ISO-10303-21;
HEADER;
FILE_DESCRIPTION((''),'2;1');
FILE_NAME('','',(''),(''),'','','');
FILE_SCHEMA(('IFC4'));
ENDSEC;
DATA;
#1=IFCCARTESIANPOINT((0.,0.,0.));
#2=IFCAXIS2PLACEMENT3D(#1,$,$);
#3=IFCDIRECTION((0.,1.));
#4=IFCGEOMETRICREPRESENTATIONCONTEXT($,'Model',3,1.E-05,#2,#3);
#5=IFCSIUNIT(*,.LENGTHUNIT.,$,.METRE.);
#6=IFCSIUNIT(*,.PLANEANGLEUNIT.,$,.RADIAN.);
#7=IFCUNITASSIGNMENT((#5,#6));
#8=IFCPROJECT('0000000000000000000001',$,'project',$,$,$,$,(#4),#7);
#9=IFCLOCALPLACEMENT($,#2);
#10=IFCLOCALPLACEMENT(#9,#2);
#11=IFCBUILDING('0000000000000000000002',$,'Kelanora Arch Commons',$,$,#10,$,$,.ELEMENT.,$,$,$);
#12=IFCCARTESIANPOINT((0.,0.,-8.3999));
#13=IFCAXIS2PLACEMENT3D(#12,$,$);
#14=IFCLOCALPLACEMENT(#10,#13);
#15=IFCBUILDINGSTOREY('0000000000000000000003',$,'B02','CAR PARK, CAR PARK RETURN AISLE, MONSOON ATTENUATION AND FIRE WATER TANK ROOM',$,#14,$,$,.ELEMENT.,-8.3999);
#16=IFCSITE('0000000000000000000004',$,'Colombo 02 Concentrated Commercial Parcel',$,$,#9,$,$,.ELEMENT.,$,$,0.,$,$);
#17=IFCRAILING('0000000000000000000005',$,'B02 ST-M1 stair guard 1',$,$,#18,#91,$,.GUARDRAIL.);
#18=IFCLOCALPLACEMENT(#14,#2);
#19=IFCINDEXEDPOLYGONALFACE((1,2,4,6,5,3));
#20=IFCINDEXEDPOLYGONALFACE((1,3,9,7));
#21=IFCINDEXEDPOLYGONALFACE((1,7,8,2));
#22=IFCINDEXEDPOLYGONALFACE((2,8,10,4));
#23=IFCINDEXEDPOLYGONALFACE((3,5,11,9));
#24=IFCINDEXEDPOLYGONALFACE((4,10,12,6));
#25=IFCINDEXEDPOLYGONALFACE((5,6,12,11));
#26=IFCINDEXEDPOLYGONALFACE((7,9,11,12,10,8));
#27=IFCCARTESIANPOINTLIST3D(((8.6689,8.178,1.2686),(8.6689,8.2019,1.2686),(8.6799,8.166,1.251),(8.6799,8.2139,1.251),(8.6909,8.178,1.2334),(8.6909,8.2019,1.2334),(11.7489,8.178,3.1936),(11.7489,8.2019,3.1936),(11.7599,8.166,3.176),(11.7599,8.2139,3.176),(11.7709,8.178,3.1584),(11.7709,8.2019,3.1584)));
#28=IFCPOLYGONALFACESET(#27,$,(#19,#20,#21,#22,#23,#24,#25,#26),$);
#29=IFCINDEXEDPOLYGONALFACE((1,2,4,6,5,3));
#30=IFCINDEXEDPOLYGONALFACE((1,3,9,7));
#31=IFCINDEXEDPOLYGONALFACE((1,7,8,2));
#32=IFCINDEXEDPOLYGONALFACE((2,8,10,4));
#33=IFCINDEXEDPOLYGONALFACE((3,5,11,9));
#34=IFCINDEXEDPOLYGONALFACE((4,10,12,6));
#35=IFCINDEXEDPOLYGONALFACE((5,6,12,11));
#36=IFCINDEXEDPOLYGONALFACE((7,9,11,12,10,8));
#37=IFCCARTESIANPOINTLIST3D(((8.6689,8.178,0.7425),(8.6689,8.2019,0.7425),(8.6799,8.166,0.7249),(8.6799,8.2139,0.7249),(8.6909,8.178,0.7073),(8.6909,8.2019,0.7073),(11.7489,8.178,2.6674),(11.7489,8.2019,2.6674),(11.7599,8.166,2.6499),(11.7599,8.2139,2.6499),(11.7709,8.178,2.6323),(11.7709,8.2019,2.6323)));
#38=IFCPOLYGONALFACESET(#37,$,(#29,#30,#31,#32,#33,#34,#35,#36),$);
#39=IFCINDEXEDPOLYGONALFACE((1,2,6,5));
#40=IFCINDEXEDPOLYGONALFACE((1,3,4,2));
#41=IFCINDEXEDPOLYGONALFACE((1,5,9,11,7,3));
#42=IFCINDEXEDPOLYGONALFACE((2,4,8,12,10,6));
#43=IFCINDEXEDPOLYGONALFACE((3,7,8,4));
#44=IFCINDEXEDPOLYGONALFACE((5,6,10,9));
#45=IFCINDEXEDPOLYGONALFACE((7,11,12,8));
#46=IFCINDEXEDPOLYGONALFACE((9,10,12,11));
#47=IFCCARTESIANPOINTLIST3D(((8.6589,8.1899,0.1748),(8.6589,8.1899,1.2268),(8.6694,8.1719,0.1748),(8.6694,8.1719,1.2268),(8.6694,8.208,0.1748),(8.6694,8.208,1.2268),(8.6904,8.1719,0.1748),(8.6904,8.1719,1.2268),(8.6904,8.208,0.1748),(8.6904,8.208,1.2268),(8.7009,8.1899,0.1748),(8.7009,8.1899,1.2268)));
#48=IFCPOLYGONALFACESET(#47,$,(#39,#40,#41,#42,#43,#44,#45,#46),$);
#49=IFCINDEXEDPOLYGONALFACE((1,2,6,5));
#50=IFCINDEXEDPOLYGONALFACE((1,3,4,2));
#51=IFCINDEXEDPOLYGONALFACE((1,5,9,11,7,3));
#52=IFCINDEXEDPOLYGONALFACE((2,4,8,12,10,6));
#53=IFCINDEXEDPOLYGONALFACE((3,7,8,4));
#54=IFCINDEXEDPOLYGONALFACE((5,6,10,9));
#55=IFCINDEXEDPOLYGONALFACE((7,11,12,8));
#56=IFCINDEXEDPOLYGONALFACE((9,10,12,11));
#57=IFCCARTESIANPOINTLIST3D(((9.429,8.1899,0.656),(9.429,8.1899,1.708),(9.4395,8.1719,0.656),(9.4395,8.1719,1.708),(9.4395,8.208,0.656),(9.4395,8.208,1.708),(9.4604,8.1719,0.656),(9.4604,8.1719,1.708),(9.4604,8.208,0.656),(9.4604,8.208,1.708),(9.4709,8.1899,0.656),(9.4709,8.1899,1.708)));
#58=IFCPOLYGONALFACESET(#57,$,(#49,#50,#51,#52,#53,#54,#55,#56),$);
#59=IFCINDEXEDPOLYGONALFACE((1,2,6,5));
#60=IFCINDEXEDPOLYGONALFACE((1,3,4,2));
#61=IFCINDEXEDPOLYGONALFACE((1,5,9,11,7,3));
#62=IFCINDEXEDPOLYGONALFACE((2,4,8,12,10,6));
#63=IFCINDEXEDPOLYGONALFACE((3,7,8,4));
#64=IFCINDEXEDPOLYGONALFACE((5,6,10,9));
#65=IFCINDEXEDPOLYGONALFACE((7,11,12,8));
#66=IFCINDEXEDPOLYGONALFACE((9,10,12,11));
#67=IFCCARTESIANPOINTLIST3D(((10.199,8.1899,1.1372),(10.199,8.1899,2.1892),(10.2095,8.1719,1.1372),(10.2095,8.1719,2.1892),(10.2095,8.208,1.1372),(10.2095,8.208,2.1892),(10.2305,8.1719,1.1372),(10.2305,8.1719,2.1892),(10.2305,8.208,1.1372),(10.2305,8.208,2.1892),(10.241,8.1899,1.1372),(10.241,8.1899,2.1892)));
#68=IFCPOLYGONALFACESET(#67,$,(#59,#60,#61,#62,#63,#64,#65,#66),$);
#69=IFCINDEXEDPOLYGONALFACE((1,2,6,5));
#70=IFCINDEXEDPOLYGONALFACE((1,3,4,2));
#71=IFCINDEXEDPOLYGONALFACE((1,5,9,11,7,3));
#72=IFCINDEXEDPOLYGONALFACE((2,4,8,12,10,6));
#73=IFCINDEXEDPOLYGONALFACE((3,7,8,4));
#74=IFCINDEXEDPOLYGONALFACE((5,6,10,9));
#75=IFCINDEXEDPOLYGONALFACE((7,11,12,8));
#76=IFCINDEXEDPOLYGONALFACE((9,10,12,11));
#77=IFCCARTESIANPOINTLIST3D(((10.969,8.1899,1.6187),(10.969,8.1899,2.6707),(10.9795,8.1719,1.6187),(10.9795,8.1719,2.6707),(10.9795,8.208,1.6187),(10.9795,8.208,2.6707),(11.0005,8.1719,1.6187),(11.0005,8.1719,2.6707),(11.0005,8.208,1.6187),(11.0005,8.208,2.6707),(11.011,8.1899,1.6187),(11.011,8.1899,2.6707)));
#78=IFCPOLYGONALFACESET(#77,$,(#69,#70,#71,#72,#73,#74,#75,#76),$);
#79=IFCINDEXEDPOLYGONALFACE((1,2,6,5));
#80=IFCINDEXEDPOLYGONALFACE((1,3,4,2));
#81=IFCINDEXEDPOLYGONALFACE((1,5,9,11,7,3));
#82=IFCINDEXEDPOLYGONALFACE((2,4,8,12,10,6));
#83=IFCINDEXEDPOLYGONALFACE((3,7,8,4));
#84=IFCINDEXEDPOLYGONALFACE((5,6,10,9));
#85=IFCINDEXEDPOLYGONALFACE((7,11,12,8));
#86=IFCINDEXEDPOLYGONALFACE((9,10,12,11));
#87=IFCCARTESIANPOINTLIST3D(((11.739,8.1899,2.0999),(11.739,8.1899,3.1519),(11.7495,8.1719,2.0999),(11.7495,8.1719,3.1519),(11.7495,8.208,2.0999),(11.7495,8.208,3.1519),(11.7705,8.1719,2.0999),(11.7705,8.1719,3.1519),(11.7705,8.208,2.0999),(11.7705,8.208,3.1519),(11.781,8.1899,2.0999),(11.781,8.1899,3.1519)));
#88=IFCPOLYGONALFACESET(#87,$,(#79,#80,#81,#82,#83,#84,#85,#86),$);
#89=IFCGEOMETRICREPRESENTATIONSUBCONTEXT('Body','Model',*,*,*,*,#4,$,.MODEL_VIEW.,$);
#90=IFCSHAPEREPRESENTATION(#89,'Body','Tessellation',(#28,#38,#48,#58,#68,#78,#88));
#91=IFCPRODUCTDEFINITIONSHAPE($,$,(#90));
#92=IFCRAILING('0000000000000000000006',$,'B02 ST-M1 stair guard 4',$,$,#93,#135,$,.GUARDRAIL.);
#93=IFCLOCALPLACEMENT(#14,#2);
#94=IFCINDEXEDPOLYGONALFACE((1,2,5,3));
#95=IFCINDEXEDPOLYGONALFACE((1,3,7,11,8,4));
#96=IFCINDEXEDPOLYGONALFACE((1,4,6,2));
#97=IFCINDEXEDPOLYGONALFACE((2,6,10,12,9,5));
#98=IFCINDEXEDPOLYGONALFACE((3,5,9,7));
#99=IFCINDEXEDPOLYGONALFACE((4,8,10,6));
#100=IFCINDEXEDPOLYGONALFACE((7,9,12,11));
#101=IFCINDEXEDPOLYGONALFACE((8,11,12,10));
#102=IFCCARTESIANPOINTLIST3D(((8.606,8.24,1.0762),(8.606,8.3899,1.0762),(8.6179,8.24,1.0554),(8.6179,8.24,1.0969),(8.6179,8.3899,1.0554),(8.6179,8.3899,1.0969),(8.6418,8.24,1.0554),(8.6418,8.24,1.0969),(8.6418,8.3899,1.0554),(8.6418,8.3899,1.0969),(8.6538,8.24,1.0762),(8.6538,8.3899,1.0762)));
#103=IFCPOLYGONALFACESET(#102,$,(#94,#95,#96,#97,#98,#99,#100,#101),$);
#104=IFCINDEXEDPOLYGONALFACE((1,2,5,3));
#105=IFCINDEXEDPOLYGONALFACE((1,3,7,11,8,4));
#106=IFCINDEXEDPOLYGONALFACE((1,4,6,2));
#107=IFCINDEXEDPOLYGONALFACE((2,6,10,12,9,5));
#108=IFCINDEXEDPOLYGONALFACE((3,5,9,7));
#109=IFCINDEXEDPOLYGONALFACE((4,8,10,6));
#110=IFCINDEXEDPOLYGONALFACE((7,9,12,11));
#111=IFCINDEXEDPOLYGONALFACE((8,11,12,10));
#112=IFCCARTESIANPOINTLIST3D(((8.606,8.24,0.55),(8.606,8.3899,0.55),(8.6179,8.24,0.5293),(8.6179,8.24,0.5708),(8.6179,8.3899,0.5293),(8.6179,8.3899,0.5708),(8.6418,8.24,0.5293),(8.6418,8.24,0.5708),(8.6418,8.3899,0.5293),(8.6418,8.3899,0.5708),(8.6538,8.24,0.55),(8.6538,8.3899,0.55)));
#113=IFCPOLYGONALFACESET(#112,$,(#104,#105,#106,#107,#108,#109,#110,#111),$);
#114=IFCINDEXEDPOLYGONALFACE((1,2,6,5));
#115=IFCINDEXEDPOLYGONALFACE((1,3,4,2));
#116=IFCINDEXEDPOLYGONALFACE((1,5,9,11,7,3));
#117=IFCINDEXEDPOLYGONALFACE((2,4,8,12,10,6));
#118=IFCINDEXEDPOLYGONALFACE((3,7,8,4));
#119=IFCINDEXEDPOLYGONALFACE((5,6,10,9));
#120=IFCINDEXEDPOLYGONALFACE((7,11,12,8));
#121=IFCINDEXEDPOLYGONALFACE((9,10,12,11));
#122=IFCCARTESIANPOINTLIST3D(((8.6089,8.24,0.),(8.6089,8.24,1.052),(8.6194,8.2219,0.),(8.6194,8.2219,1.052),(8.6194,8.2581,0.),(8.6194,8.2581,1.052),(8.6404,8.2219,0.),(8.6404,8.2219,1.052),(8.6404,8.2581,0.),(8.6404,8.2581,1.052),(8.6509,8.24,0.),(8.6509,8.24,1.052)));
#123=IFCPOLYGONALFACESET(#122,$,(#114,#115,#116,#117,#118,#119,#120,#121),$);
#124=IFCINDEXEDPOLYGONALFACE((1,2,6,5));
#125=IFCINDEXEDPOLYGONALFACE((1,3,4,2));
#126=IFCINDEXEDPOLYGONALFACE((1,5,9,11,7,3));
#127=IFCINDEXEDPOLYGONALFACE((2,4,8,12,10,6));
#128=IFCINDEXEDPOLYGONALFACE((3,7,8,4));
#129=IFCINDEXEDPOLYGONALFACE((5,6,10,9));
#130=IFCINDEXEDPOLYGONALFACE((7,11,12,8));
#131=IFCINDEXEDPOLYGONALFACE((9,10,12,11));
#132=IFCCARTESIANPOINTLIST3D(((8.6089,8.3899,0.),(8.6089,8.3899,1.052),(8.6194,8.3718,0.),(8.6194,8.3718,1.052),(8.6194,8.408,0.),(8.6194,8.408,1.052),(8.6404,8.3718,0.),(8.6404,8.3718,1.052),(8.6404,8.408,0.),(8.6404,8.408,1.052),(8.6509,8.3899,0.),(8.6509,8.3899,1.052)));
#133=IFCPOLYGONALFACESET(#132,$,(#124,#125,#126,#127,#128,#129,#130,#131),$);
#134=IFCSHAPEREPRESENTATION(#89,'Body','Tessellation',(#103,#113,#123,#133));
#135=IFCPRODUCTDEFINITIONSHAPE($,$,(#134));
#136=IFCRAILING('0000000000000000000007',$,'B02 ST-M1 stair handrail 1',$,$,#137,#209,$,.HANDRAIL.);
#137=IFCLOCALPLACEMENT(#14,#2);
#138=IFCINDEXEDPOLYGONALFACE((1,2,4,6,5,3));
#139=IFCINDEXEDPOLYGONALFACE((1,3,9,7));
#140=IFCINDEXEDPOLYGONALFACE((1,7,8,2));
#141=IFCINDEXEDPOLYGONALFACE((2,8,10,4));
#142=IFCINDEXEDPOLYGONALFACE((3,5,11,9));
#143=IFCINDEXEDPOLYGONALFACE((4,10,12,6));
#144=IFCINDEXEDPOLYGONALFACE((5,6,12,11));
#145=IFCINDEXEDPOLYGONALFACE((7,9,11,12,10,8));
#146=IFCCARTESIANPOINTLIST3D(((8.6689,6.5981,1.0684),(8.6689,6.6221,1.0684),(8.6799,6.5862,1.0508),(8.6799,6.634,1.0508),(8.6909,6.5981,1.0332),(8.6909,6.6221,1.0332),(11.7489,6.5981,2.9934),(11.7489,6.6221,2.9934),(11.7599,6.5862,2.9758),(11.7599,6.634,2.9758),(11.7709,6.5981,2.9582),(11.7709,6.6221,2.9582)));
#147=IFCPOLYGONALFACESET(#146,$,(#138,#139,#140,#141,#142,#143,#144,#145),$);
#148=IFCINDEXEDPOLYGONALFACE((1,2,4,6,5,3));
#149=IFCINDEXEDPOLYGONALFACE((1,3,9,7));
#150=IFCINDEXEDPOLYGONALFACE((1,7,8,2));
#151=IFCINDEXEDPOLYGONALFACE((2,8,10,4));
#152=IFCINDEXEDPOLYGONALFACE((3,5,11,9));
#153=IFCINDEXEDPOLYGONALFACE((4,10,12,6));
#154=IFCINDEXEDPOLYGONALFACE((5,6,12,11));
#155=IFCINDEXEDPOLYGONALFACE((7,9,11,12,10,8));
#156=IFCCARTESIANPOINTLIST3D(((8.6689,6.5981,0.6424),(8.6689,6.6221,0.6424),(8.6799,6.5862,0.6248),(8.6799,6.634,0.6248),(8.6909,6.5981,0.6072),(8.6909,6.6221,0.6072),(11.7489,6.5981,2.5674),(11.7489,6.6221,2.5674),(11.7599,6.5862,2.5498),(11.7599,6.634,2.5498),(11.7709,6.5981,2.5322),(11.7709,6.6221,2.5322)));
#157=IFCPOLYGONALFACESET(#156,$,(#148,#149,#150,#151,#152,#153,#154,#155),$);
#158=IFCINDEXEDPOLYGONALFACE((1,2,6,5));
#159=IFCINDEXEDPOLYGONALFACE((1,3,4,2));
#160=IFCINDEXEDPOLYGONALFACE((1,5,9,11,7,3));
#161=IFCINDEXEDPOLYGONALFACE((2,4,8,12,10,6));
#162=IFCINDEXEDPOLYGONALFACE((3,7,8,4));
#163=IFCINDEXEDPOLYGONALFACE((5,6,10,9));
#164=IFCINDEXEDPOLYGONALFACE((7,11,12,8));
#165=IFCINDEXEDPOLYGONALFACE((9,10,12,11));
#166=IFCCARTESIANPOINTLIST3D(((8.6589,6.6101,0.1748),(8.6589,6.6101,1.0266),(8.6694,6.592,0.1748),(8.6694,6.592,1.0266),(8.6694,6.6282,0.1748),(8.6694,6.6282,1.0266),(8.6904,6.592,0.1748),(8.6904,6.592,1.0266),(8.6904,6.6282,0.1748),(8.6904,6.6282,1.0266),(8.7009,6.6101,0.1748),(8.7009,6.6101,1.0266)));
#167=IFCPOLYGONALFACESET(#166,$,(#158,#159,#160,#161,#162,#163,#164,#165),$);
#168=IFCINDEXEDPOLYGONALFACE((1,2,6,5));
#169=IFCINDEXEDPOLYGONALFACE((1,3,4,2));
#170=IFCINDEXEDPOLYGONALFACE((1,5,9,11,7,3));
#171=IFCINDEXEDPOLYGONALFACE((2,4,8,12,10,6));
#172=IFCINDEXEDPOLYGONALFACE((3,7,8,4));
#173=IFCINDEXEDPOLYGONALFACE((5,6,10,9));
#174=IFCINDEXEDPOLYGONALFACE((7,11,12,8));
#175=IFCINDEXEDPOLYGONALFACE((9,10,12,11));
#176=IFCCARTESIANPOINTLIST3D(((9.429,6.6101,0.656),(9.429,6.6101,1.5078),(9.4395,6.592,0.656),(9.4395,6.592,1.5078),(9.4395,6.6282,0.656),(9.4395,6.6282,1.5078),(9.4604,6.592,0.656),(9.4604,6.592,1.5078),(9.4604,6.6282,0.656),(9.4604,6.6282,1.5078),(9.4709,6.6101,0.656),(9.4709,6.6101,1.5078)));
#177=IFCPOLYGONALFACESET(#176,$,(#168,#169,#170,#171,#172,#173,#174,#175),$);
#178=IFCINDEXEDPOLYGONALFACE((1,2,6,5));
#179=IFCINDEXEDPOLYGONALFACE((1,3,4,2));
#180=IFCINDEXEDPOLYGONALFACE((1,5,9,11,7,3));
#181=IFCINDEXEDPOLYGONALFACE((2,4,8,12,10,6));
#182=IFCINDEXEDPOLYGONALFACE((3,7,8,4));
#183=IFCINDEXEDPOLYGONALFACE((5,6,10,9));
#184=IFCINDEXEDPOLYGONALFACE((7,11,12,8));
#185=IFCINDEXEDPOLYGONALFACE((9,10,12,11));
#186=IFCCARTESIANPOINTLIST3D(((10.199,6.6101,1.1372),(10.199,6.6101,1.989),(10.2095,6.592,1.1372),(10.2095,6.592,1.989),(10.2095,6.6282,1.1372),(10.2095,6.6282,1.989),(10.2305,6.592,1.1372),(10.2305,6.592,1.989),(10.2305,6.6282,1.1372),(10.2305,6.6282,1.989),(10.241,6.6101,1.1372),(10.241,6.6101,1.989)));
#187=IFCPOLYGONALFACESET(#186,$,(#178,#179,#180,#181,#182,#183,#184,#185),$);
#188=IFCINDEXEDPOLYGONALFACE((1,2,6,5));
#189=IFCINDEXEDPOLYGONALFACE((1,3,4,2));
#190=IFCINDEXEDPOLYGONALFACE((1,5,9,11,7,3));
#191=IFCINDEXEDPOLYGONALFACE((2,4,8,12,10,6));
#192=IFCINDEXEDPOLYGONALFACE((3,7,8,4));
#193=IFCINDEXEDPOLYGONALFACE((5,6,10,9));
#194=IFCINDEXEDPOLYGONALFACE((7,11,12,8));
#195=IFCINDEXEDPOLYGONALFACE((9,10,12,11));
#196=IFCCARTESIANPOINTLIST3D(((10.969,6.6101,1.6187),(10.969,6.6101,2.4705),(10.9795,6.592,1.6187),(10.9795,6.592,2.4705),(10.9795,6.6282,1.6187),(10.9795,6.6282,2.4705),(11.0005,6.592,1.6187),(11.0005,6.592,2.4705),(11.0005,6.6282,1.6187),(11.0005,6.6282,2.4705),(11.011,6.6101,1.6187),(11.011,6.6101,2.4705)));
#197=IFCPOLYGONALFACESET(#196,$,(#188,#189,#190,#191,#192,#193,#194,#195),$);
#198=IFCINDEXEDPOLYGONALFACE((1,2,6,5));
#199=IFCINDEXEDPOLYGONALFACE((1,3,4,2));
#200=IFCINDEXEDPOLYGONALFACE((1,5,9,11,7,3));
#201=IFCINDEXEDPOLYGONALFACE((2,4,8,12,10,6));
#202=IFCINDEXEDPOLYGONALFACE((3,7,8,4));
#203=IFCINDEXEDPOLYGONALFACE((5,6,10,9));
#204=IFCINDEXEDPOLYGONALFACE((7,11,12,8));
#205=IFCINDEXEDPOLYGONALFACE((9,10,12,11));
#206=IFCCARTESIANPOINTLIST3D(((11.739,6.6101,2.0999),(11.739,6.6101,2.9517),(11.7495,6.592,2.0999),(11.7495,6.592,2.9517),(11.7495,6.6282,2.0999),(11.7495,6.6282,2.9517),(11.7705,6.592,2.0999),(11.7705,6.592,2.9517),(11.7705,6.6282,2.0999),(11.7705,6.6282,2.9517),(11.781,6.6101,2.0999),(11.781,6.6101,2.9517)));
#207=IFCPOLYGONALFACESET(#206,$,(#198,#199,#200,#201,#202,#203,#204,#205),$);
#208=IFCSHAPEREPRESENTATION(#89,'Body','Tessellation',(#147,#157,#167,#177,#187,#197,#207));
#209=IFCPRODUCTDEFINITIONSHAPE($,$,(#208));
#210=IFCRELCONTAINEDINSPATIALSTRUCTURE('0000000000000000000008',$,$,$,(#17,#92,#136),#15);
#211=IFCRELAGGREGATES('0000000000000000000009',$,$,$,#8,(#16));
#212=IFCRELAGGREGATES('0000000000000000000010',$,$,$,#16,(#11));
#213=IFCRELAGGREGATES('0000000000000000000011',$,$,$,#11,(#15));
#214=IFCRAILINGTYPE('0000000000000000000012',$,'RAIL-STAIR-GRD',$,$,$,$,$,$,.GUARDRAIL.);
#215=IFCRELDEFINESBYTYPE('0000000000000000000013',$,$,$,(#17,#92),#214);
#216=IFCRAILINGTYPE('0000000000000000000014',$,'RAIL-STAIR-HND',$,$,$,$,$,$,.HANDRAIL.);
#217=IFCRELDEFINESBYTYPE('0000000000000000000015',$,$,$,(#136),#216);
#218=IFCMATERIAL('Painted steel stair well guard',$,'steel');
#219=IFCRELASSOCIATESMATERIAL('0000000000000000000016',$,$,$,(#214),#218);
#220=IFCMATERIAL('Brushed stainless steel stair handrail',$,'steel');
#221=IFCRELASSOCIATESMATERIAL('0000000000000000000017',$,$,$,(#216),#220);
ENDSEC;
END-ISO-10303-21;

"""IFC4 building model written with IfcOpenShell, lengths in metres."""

from ifc_helpers import new_model, si_unit, direction, frame, origin, place, context, subcontext, project, spatial, polyline, outline, extrude, material, type_object, element, save


model = new_model("IFC4")

# Units and contexts
model_context = context("Model", 3, precision=1e-05, world=origin(), true_north=direction((0.0, 1.0)))
body_context = subcontext(model_context, "Body", "Model", "MODEL_VIEW")
ifc_project = project(units=[si_unit("LENGTHUNIT", "METRE"), si_unit("PLANEANGLEUNIT", "RADIAN")], contexts=[model_context])

# Site, building, storey
site_placement = place(None, origin())
site = spatial("IfcSite", under=ifc_project, at=site_placement, Name="Colombo 02 Concentrated Commercial Parcel", CompositionType="ELEMENT", RefElevation=0.0)
building_placement = place(site_placement, origin())
building = spatial("IfcBuilding", under=site, at=building_placement, Name="Kelanora Arch Commons", CompositionType="ELEMENT")
storey_placement = place(building_placement, frame((0.0, 0.0, -8.3999)))
storey = spatial("IfcBuildingStorey", under=building, at=storey_placement, Name="B02", Description="CAR PARK, CAR PARK RETURN AISLE, MONSOON ATTENUATION AND FIRE WATER TANK ROOM", CompositionType="ELEMENT", Elevation=-8.3999)

# Railings
ifc_material_1 = material(Name="Painted steel stair well guard", Category="steel")
railing_type_1 = type_object("IfcRailingType", Name="RAIL-STAIR-GRD", PredefinedType="GUARDRAIL", material=ifc_material_1)
railing_1_placement = place(storey_placement, frame((8.6799, 8.1899, 0.1748)))
element("IfcRailing", 1, at=railing_1_placement, inside=storey, type_object=railing_type_1, Name="B02 ST-M1 stair guard 1", PredefinedType="GUARDRAIL", context=body_context, shape_type="SweptSolid", body=[
    extrude(outline(polyline([(0.0239, 0.0), (0.012, 0.0208), (-0.012, 0.0208), (-0.0239, 0.0), (-0.012, -0.0208), (0.012, -0.0208), (0.0239, 0.0)])), frame((0.0, 0.0, 1.0762), z_axis=(0.847998, 0.0, 0.529999), x_axis=(0.0, 1.0, 0.0)), (0.0, 0.0, 1.0), 3.6321),
    extrude(outline(polyline([(0.0239, 0.0), (0.012, 0.0208), (-0.012, 0.0208), (-0.0239, 0.0), (-0.012, -0.0208), (0.012, -0.0208), (0.0239, 0.0)])), frame((0.0, 0.0, 0.55), z_axis=(0.847998, 0.0, 0.529999), x_axis=(0.0, 1.0, 0.0)), (0.0, 0.0, 1.0), 3.6321),
    extrude(outline(polyline([(0.021, 0.0), (0.0105, 0.0181), (-0.0105, 0.0181), (-0.021, 0.0), (-0.0105, -0.0181), (0.0105, -0.0181), (0.021, 0.0)])), origin(), (0.0, 0.0, 1.0), 1.052),
    extrude(outline(polyline([(0.021, 0.0), (0.0105, 0.0181), (-0.0105, 0.0181), (-0.021, 0.0), (-0.0105, -0.0181), (0.0105, -0.0181), (0.021, 0.0)])), frame((0.77, 0.0, 0.4812)), (0.0, 0.0, 1.0), 1.052),
    extrude(outline(polyline([(0.021, 0.0), (0.0105, 0.0181), (-0.0105, 0.0181), (-0.021, 0.0), (-0.0105, -0.0181), (0.0105, -0.0181), (0.021, 0.0)])), frame((1.54, 0.0, 0.9624)), (0.0, 0.0, 1.0), 1.052),
    extrude(outline(polyline([(0.021, 0.0), (0.0105, 0.0181), (-0.0105, 0.0181), (-0.021, 0.0), (-0.0105, -0.0181), (0.0105, -0.0181), (0.021, 0.0)])), frame((2.3101, 0.0, 1.4438)), (0.0, 0.0, 1.0), 1.052),
    extrude(outline(polyline([(0.021, 0.0), (0.0105, 0.0181), (-0.0105, 0.0181), (-0.021, 0.0), (-0.0105, -0.0181), (0.0105, -0.0181), (0.021, 0.0)])), frame((3.0801, 0.0, 1.925)), (0.0, 0.0, 1.0), 1.052),
])
railing_2_placement = place(storey_placement, frame((8.6299, 8.24, 0.0)))
element("IfcRailing", 2, at=railing_2_placement, inside=storey, type_object=railing_type_1, Name="B02 ST-M1 stair guard 4", PredefinedType="GUARDRAIL", context=body_context, shape_type="SweptSolid", body=[
    extrude(outline(polyline([(0.0239, 0.0), (0.012, 0.0208), (-0.012, 0.0208), (-0.0239, 0.0), (-0.012, -0.0208), (0.012, -0.0208), (0.0239, 0.0)])), frame((0.0, 0.0, 1.0762), z_axis=(0.0, 1.0, 0.0), x_axis=(-1.0, 0.0, 0.0)), (0.0, 0.0, 1.0), 0.1499),
    extrude(outline(polyline([(0.0239, 0.0), (0.012, 0.0208), (-0.012, 0.0208), (-0.0239, 0.0), (-0.012, -0.0208), (0.012, -0.0208), (0.0239, 0.0)])), frame((0.0, 0.0, 0.55), z_axis=(0.0, 1.0, 0.0), x_axis=(-1.0, 0.0, 0.0)), (0.0, 0.0, 1.0), 0.1499),
    extrude(outline(polyline([(0.021, 0.0), (0.0105, 0.0181), (-0.0105, 0.0181), (-0.021, 0.0), (-0.0105, -0.0181), (0.0105, -0.0181), (0.021, 0.0)])), origin(), (0.0, 0.0, 1.0), 1.052),
    extrude(outline(polyline([(0.021, 0.0), (0.0105, 0.0181), (-0.0105, 0.0181), (-0.021, 0.0), (-0.0105, -0.0181), (0.0105, -0.0181), (0.021, 0.0)])), frame((0.0, 0.1499, 0.0)), (0.0, 0.0, 1.0), 1.052),
])
ifc_material_2 = material(Name="Brushed stainless steel stair handrail", Category="steel")
railing_type_2 = type_object("IfcRailingType", Name="RAIL-STAIR-HND", PredefinedType="HANDRAIL", material=ifc_material_2)
railing_3_placement = place(storey_placement, frame((8.6799, 6.6101, 0.1748)))
element("IfcRailing", 3, at=railing_3_placement, inside=storey, type_object=railing_type_2, Name="B02 ST-M1 stair handrail 1", PredefinedType="HANDRAIL", context=body_context, shape_type="SweptSolid", body=[
    extrude(outline(polyline([(0.0239, 0.0), (0.012, 0.0208), (-0.012, 0.0208), (-0.0239, 0.0), (-0.012, -0.0208), (0.012, -0.0208), (0.0239, 0.0)])), frame((0.0, 0.0, 0.876), z_axis=(0.847998, 0.0, 0.529999), x_axis=(0.0, 1.0, 0.0)), (0.0, 0.0, 1.0), 3.6321),
    extrude(outline(polyline([(0.0239, 0.0), (0.012, 0.0208), (-0.012, 0.0208), (-0.0239, 0.0), (-0.012, -0.0208), (0.012, -0.0208), (0.0239, 0.0)])), frame((0.0, 0.0, 0.45), z_axis=(0.847998, 0.0, 0.529999), x_axis=(0.0, 1.0, 0.0)), (0.0, 0.0, 1.0), 3.6321),
    extrude(outline(polyline([(0.021, 0.0), (0.0105, 0.0181), (-0.0105, 0.0181), (-0.021, 0.0), (-0.0105, -0.0181), (0.0105, -0.0181), (0.021, 0.0)])), origin(), (0.0, 0.0, 1.0), 0.8518),
    extrude(outline(polyline([(0.021, 0.0), (0.0105, 0.0181), (-0.0105, 0.0181), (-0.021, 0.0), (-0.0105, -0.0181), (0.0105, -0.0181), (0.021, 0.0)])), frame((0.77, 0.0, 0.4812)), (0.0, 0.0, 1.0), 0.8518),
    extrude(outline(polyline([(0.021, 0.0), (0.0105, 0.0181), (-0.0105, 0.0181), (-0.021, 0.0), (-0.0105, -0.0181), (0.0105, -0.0181), (0.021, 0.0)])), frame((1.54, 0.0, 0.9624)), (0.0, 0.0, 1.0), 0.8518),
    extrude(outline(polyline([(0.021, 0.0), (0.0105, 0.0181), (-0.0105, 0.0181), (-0.021, 0.0), (-0.0105, -0.0181), (0.0105, -0.0181), (0.021, 0.0)])), frame((2.3101, 0.0, 1.4438)), (0.0, 0.0, 1.0), 0.8518),
    extrude(outline(polyline([(0.021, 0.0), (0.0105, 0.0181), (-0.0105, 0.0181), (-0.021, 0.0), (-0.0105, -0.0181), (0.0105, -0.0181), (0.021, 0.0)])), frame((3.0801, 0.0, 1.925)), (0.0, 0.0, 1.0), 0.8518),
])

save(model, "model.ifc")
